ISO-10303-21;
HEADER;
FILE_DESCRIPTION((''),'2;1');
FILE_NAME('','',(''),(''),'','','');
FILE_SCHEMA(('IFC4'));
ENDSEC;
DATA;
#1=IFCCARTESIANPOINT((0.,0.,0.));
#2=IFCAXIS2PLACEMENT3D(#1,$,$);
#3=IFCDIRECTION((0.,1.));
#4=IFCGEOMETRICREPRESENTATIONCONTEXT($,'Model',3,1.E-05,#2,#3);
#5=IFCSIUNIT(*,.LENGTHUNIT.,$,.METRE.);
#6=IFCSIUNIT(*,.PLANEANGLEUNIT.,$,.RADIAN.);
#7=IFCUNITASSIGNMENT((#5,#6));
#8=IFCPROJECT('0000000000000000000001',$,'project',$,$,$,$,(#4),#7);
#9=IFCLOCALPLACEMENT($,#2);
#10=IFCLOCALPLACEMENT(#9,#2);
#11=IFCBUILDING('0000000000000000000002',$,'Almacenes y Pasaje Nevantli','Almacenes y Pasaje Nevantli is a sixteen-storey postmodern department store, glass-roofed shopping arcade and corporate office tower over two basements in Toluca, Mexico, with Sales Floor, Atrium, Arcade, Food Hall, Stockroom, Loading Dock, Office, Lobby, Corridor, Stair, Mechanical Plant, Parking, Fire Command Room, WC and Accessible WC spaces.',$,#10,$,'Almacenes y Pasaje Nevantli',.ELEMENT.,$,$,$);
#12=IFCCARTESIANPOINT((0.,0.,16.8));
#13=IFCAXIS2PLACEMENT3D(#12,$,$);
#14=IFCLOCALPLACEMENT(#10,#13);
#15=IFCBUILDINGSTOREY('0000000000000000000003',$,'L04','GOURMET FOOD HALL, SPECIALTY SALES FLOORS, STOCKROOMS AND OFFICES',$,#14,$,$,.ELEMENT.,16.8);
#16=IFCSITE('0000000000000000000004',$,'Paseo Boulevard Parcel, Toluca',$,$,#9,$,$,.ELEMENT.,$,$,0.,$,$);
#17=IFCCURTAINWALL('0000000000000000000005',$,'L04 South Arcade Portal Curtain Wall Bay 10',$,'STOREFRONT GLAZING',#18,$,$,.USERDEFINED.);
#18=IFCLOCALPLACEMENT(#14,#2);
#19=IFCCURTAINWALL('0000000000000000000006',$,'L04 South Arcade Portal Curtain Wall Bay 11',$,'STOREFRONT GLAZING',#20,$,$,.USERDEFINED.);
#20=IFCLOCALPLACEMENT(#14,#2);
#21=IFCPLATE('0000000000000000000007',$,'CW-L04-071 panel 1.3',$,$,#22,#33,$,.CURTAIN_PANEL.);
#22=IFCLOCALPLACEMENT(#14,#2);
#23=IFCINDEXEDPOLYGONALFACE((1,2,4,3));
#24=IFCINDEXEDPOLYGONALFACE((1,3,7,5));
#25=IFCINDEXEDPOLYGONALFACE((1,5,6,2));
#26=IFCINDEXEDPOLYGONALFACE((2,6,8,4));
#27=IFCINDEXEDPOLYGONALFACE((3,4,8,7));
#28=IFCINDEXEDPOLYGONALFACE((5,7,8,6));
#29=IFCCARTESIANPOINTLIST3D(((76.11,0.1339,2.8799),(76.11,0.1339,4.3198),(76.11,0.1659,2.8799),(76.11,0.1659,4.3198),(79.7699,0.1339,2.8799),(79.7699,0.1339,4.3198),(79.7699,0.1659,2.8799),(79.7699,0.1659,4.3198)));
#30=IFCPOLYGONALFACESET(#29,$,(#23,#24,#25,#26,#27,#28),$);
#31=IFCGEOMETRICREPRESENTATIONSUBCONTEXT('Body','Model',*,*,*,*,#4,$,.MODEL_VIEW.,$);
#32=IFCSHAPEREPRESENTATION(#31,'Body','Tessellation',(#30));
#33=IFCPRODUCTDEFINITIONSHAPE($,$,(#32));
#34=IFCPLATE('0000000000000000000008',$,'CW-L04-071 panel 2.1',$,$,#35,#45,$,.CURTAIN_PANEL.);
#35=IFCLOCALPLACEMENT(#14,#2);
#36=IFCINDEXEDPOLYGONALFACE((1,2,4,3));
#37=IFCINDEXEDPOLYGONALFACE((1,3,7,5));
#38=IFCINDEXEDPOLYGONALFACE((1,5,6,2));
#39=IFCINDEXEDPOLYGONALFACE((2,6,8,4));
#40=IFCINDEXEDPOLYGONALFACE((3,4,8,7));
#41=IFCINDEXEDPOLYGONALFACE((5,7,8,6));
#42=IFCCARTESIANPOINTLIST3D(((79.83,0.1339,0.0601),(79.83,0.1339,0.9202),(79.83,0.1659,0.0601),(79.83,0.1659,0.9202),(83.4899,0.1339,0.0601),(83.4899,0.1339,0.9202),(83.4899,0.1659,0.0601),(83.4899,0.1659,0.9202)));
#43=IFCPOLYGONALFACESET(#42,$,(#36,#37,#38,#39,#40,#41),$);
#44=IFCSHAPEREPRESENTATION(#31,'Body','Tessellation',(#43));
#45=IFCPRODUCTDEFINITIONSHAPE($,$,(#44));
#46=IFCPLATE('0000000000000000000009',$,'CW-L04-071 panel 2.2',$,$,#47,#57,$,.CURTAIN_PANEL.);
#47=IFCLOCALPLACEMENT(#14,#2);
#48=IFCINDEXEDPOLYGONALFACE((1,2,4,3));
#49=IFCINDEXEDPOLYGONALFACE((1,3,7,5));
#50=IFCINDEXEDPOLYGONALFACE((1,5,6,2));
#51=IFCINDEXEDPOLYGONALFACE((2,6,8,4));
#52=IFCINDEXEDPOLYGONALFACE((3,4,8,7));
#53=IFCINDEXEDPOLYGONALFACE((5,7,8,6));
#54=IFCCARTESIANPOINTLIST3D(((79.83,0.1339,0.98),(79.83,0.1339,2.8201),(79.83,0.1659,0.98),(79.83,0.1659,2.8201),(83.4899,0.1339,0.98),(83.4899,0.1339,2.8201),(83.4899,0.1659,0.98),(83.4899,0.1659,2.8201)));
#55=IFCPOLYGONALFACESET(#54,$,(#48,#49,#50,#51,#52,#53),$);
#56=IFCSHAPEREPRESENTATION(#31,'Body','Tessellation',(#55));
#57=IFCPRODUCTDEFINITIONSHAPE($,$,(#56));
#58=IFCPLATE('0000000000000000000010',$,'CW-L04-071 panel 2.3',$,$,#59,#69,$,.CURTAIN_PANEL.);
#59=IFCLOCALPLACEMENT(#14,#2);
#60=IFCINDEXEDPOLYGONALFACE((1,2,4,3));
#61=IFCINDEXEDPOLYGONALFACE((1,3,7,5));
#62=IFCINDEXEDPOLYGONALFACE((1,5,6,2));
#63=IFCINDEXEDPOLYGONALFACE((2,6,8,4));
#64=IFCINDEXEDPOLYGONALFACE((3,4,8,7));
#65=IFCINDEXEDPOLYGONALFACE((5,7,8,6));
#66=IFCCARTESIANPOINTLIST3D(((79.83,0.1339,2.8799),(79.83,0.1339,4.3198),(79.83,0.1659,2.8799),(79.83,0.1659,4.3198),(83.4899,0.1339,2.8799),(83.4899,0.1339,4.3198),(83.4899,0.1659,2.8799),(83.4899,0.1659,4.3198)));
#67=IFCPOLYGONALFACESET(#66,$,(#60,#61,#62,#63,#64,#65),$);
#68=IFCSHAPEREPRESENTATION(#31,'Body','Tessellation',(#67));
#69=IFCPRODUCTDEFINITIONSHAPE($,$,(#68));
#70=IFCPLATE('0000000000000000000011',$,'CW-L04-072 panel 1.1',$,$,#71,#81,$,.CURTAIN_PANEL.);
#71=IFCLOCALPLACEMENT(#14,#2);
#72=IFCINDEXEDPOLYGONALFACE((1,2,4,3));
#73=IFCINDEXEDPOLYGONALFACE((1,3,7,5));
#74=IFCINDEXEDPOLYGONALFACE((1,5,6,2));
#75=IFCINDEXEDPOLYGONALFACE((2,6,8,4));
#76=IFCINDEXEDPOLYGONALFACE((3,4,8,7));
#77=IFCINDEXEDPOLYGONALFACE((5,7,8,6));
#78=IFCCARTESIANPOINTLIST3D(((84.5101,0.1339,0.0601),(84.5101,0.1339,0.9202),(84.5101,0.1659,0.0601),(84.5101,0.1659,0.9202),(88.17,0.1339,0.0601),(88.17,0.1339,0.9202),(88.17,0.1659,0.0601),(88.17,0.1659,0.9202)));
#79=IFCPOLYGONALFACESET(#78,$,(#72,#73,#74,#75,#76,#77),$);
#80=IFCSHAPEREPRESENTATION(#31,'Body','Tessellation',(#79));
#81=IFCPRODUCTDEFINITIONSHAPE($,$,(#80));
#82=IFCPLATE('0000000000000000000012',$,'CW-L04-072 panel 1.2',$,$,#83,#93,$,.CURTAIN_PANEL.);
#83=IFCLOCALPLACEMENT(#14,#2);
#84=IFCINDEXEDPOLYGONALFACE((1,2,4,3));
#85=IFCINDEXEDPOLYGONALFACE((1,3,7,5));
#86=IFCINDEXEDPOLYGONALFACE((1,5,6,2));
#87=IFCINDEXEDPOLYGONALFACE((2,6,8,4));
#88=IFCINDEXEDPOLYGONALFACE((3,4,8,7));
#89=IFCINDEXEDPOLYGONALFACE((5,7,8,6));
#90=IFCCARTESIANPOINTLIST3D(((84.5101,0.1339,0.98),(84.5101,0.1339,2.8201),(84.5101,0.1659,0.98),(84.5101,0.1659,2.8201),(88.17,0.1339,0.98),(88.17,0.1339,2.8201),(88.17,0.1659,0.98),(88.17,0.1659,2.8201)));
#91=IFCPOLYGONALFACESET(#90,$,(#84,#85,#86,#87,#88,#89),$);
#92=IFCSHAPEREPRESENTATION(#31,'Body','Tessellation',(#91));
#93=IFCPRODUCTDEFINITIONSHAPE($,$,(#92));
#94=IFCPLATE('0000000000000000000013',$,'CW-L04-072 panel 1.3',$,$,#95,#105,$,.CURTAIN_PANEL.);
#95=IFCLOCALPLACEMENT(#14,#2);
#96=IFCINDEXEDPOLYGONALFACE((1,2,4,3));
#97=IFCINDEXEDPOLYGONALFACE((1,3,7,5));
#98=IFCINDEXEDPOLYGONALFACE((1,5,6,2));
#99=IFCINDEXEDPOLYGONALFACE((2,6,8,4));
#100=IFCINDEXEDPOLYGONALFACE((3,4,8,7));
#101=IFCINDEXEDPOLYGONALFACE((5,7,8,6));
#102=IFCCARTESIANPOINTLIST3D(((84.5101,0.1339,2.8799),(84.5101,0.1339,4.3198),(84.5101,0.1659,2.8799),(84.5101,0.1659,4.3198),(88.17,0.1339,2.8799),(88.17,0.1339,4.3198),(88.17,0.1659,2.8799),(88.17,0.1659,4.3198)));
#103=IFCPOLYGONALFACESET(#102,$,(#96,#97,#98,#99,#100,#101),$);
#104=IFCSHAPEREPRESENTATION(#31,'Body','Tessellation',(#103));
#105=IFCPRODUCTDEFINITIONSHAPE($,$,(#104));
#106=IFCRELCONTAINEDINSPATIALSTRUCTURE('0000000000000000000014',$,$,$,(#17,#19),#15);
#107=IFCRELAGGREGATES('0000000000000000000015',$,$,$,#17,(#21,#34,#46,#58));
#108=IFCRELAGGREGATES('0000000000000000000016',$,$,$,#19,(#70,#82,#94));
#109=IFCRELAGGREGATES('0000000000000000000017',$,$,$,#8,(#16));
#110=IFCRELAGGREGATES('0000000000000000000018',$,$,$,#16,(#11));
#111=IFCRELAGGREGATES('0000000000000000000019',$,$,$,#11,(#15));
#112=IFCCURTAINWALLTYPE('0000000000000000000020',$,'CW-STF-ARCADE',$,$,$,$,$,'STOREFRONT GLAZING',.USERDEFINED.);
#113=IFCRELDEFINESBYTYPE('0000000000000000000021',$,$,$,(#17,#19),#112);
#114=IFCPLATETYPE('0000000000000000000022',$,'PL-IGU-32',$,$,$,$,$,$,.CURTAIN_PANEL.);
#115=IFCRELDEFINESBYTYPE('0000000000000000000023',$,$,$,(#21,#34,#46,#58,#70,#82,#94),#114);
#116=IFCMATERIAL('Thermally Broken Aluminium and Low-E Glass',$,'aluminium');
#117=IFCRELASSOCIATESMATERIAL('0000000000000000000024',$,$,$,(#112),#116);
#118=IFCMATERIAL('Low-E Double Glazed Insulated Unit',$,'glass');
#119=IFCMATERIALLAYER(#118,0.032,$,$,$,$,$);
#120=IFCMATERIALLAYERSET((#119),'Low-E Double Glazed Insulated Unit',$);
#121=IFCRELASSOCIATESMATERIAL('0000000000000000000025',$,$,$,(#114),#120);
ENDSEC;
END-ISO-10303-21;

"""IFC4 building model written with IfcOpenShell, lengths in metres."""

from ifc_helpers import new_model, si_unit, direction, frame, origin, origin_2d, place, context, subcontext, project, spatial, rectangle, extrude, material, layer, layer_set, type_object, element, aggregate, save


model = new_model("IFC4")

# Units and contexts
model_context = context("Model", 3, precision=1e-05, world=origin(), true_north=direction((0.0, 1.0)))
body_context = subcontext(model_context, "Body", "Model", "MODEL_VIEW")
ifc_project = project(units=[si_unit("LENGTHUNIT", "METRE"), si_unit("PLANEANGLEUNIT", "RADIAN")], contexts=[model_context])

# Site, building, storey
site_placement = place(None, origin())
site = spatial("IfcSite", under=ifc_project, at=site_placement, Name="Paseo Boulevard Parcel, Toluca", CompositionType="ELEMENT", RefElevation=0.0)
building_placement = place(site_placement, origin())
building = spatial("IfcBuilding", under=site, at=building_placement, Name="Almacenes y Pasaje Nevantli", Description="Almacenes y Pasaje Nevantli is a sixteen-storey postmodern department store, glass-roofed shopping arcade and corporate office tower over two basements in Toluca, Mexico, with Sales Floor, Atrium, Arcade, Food Hall, Stockroom, Loading Dock, Office, Lobby, Corridor, Stair, Mechanical Plant, Parking, Fire Command Room, WC and Accessible WC spaces.", LongName="Almacenes y Pasaje Nevantli", CompositionType="ELEMENT")
storey_placement = place(building_placement, frame((0.0, 0.0, 16.8)))
storey = spatial("IfcBuildingStorey", under=building, at=storey_placement, Name="L04", Description="GOURMET FOOD HALL, SPECIALTY SALES FLOORS, STOCKROOMS AND OFFICES", CompositionType="ELEMENT", Elevation=16.8)

# Curtain wall
ifc_material_1 = material(Name="Thermally Broken Aluminium and Low-E Glass", Category="aluminium")
curtain_wall_type = type_object("IfcCurtainWallType", Name="CW-STF-ARCADE", ElementType="STOREFRONT GLAZING", PredefinedType="USERDEFINED", material=ifc_material_1)
curtain_wall_1_placement = place(storey_placement, origin())
curtain_wall_1 = element("IfcCurtainWall", 1, at=curtain_wall_1_placement, inside=storey, type_object=curtain_wall_type, Name="L04 South Arcade Portal Curtain Wall Bay 10", ObjectType="STOREFRONT GLAZING", PredefinedType="USERDEFINED")

# Curtain wall
curtain_wall_2_placement = place(storey_placement, origin())
curtain_wall_2 = element("IfcCurtainWall", 2, at=curtain_wall_2_placement, inside=storey, type_object=curtain_wall_type, Name="L04 South Arcade Portal Curtain Wall Bay 11", ObjectType="STOREFRONT GLAZING", PredefinedType="USERDEFINED")

# Plates
ifc_material_2 = material(Name="Low-E Double Glazed Insulated Unit", Category="glass")
ifc_layer = layer(ifc_material_2, 0.032)
ifc_layer_set = layer_set([ifc_layer], Name="Low-E Double Glazed Insulated Unit")
plate_type = type_object("IfcPlateType", Name="PL-IGU-32", PredefinedType="CURTAIN_PANEL", material=ifc_layer_set)
plate_1_placement = place(storey_placement, frame((77.9399, 0.1499, 2.8799), z_axis=(0.0, 0.0, 1.0), x_axis=(1.0, 0.0, 0.0)))
plate_1 = element("IfcPlate", 3, at=plate_1_placement, type_object=plate_type, Name="CW-L04-071 panel 1.3", PredefinedType="CURTAIN_PANEL", context=body_context, shape_type="SweptSolid", body=[
    extrude(rectangle(XDim=3.6599, YDim=0.032, at=origin_2d()), origin(), (0.0, 0.0, 1.0), 1.4399),
])
plate_2_placement = place(storey_placement, frame((81.6599, 0.1499, 0.0601), z_axis=(0.0, 0.0, 1.0), x_axis=(1.0, 0.0, 0.0)))
plate_2 = element("IfcPlate", 4, at=plate_2_placement, type_object=plate_type, Name="CW-L04-071 panel 2.1", PredefinedType="CURTAIN_PANEL", context=body_context, shape_type="SweptSolid", body=[
    extrude(rectangle(XDim=3.6599, YDim=0.032, at=origin_2d()), origin(), (0.0, 0.0, 1.0), 0.8601),
])
plate_3_placement = place(storey_placement, frame((81.6599, 0.1499, 0.98), z_axis=(0.0, 0.0, 1.0), x_axis=(1.0, 0.0, 0.0)))
plate_3 = element("IfcPlate", 5, at=plate_3_placement, type_object=plate_type, Name="CW-L04-071 panel 2.2", PredefinedType="CURTAIN_PANEL", context=body_context, shape_type="SweptSolid", body=[
    extrude(rectangle(XDim=3.6599, YDim=0.032, at=origin_2d()), origin(), (0.0, 0.0, 1.0), 1.8401),
])
plate_4_placement = place(storey_placement, frame((81.6599, 0.1499, 2.8799), z_axis=(0.0, 0.0, 1.0), x_axis=(1.0, 0.0, 0.0)))
plate_4 = element("IfcPlate", 6, at=plate_4_placement, type_object=plate_type, Name="CW-L04-071 panel 2.3", PredefinedType="CURTAIN_PANEL", context=body_context, shape_type="SweptSolid", body=[
    extrude(rectangle(XDim=3.6599, YDim=0.032, at=origin_2d()), origin(), (0.0, 0.0, 1.0), 1.4399),
])
aggregate(curtain_wall_1, [plate_1, plate_2, plate_3, plate_4])
plate_5_placement = place(storey_placement, frame((86.3401, 0.1499, 0.0601), z_axis=(0.0, 0.0, 1.0), x_axis=(1.0, 0.0, 0.0)))
plate_5 = element("IfcPlate", 7, at=plate_5_placement, type_object=plate_type, Name="CW-L04-072 panel 1.1", PredefinedType="CURTAIN_PANEL", context=body_context, shape_type="SweptSolid", body=[
    extrude(rectangle(XDim=3.6599, YDim=0.032, at=origin_2d()), origin(), (0.0, 0.0, 1.0), 0.8601),
])
plate_6_placement = place(storey_placement, frame((86.3401, 0.1499, 0.98), z_axis=(0.0, 0.0, 1.0), x_axis=(1.0, 0.0, 0.0)))
plate_6 = element("IfcPlate", 8, at=plate_6_placement, type_object=plate_type, Name="CW-L04-072 panel 1.2", PredefinedType="CURTAIN_PANEL", context=body_context, shape_type="SweptSolid", body=[
    extrude(rectangle(XDim=3.6599, YDim=0.032, at=origin_2d()), origin(), (0.0, 0.0, 1.0), 1.8401),
])
plate_7_placement = place(storey_placement, frame((86.3401, 0.1499, 2.8799), z_axis=(0.0, 0.0, 1.0), x_axis=(1.0, 0.0, 0.0)))
plate_7 = element("IfcPlate", 9, at=plate_7_placement, type_object=plate_type, Name="CW-L04-072 panel 1.3", PredefinedType="CURTAIN_PANEL", context=body_context, shape_type="SweptSolid", body=[
    extrude(rectangle(XDim=3.6599, YDim=0.032, at=origin_2d()), origin(), (0.0, 0.0, 1.0), 1.4399),
])
aggregate(curtain_wall_2, [plate_5, plate_6, plate_7])

save(model, "model.ifc")
